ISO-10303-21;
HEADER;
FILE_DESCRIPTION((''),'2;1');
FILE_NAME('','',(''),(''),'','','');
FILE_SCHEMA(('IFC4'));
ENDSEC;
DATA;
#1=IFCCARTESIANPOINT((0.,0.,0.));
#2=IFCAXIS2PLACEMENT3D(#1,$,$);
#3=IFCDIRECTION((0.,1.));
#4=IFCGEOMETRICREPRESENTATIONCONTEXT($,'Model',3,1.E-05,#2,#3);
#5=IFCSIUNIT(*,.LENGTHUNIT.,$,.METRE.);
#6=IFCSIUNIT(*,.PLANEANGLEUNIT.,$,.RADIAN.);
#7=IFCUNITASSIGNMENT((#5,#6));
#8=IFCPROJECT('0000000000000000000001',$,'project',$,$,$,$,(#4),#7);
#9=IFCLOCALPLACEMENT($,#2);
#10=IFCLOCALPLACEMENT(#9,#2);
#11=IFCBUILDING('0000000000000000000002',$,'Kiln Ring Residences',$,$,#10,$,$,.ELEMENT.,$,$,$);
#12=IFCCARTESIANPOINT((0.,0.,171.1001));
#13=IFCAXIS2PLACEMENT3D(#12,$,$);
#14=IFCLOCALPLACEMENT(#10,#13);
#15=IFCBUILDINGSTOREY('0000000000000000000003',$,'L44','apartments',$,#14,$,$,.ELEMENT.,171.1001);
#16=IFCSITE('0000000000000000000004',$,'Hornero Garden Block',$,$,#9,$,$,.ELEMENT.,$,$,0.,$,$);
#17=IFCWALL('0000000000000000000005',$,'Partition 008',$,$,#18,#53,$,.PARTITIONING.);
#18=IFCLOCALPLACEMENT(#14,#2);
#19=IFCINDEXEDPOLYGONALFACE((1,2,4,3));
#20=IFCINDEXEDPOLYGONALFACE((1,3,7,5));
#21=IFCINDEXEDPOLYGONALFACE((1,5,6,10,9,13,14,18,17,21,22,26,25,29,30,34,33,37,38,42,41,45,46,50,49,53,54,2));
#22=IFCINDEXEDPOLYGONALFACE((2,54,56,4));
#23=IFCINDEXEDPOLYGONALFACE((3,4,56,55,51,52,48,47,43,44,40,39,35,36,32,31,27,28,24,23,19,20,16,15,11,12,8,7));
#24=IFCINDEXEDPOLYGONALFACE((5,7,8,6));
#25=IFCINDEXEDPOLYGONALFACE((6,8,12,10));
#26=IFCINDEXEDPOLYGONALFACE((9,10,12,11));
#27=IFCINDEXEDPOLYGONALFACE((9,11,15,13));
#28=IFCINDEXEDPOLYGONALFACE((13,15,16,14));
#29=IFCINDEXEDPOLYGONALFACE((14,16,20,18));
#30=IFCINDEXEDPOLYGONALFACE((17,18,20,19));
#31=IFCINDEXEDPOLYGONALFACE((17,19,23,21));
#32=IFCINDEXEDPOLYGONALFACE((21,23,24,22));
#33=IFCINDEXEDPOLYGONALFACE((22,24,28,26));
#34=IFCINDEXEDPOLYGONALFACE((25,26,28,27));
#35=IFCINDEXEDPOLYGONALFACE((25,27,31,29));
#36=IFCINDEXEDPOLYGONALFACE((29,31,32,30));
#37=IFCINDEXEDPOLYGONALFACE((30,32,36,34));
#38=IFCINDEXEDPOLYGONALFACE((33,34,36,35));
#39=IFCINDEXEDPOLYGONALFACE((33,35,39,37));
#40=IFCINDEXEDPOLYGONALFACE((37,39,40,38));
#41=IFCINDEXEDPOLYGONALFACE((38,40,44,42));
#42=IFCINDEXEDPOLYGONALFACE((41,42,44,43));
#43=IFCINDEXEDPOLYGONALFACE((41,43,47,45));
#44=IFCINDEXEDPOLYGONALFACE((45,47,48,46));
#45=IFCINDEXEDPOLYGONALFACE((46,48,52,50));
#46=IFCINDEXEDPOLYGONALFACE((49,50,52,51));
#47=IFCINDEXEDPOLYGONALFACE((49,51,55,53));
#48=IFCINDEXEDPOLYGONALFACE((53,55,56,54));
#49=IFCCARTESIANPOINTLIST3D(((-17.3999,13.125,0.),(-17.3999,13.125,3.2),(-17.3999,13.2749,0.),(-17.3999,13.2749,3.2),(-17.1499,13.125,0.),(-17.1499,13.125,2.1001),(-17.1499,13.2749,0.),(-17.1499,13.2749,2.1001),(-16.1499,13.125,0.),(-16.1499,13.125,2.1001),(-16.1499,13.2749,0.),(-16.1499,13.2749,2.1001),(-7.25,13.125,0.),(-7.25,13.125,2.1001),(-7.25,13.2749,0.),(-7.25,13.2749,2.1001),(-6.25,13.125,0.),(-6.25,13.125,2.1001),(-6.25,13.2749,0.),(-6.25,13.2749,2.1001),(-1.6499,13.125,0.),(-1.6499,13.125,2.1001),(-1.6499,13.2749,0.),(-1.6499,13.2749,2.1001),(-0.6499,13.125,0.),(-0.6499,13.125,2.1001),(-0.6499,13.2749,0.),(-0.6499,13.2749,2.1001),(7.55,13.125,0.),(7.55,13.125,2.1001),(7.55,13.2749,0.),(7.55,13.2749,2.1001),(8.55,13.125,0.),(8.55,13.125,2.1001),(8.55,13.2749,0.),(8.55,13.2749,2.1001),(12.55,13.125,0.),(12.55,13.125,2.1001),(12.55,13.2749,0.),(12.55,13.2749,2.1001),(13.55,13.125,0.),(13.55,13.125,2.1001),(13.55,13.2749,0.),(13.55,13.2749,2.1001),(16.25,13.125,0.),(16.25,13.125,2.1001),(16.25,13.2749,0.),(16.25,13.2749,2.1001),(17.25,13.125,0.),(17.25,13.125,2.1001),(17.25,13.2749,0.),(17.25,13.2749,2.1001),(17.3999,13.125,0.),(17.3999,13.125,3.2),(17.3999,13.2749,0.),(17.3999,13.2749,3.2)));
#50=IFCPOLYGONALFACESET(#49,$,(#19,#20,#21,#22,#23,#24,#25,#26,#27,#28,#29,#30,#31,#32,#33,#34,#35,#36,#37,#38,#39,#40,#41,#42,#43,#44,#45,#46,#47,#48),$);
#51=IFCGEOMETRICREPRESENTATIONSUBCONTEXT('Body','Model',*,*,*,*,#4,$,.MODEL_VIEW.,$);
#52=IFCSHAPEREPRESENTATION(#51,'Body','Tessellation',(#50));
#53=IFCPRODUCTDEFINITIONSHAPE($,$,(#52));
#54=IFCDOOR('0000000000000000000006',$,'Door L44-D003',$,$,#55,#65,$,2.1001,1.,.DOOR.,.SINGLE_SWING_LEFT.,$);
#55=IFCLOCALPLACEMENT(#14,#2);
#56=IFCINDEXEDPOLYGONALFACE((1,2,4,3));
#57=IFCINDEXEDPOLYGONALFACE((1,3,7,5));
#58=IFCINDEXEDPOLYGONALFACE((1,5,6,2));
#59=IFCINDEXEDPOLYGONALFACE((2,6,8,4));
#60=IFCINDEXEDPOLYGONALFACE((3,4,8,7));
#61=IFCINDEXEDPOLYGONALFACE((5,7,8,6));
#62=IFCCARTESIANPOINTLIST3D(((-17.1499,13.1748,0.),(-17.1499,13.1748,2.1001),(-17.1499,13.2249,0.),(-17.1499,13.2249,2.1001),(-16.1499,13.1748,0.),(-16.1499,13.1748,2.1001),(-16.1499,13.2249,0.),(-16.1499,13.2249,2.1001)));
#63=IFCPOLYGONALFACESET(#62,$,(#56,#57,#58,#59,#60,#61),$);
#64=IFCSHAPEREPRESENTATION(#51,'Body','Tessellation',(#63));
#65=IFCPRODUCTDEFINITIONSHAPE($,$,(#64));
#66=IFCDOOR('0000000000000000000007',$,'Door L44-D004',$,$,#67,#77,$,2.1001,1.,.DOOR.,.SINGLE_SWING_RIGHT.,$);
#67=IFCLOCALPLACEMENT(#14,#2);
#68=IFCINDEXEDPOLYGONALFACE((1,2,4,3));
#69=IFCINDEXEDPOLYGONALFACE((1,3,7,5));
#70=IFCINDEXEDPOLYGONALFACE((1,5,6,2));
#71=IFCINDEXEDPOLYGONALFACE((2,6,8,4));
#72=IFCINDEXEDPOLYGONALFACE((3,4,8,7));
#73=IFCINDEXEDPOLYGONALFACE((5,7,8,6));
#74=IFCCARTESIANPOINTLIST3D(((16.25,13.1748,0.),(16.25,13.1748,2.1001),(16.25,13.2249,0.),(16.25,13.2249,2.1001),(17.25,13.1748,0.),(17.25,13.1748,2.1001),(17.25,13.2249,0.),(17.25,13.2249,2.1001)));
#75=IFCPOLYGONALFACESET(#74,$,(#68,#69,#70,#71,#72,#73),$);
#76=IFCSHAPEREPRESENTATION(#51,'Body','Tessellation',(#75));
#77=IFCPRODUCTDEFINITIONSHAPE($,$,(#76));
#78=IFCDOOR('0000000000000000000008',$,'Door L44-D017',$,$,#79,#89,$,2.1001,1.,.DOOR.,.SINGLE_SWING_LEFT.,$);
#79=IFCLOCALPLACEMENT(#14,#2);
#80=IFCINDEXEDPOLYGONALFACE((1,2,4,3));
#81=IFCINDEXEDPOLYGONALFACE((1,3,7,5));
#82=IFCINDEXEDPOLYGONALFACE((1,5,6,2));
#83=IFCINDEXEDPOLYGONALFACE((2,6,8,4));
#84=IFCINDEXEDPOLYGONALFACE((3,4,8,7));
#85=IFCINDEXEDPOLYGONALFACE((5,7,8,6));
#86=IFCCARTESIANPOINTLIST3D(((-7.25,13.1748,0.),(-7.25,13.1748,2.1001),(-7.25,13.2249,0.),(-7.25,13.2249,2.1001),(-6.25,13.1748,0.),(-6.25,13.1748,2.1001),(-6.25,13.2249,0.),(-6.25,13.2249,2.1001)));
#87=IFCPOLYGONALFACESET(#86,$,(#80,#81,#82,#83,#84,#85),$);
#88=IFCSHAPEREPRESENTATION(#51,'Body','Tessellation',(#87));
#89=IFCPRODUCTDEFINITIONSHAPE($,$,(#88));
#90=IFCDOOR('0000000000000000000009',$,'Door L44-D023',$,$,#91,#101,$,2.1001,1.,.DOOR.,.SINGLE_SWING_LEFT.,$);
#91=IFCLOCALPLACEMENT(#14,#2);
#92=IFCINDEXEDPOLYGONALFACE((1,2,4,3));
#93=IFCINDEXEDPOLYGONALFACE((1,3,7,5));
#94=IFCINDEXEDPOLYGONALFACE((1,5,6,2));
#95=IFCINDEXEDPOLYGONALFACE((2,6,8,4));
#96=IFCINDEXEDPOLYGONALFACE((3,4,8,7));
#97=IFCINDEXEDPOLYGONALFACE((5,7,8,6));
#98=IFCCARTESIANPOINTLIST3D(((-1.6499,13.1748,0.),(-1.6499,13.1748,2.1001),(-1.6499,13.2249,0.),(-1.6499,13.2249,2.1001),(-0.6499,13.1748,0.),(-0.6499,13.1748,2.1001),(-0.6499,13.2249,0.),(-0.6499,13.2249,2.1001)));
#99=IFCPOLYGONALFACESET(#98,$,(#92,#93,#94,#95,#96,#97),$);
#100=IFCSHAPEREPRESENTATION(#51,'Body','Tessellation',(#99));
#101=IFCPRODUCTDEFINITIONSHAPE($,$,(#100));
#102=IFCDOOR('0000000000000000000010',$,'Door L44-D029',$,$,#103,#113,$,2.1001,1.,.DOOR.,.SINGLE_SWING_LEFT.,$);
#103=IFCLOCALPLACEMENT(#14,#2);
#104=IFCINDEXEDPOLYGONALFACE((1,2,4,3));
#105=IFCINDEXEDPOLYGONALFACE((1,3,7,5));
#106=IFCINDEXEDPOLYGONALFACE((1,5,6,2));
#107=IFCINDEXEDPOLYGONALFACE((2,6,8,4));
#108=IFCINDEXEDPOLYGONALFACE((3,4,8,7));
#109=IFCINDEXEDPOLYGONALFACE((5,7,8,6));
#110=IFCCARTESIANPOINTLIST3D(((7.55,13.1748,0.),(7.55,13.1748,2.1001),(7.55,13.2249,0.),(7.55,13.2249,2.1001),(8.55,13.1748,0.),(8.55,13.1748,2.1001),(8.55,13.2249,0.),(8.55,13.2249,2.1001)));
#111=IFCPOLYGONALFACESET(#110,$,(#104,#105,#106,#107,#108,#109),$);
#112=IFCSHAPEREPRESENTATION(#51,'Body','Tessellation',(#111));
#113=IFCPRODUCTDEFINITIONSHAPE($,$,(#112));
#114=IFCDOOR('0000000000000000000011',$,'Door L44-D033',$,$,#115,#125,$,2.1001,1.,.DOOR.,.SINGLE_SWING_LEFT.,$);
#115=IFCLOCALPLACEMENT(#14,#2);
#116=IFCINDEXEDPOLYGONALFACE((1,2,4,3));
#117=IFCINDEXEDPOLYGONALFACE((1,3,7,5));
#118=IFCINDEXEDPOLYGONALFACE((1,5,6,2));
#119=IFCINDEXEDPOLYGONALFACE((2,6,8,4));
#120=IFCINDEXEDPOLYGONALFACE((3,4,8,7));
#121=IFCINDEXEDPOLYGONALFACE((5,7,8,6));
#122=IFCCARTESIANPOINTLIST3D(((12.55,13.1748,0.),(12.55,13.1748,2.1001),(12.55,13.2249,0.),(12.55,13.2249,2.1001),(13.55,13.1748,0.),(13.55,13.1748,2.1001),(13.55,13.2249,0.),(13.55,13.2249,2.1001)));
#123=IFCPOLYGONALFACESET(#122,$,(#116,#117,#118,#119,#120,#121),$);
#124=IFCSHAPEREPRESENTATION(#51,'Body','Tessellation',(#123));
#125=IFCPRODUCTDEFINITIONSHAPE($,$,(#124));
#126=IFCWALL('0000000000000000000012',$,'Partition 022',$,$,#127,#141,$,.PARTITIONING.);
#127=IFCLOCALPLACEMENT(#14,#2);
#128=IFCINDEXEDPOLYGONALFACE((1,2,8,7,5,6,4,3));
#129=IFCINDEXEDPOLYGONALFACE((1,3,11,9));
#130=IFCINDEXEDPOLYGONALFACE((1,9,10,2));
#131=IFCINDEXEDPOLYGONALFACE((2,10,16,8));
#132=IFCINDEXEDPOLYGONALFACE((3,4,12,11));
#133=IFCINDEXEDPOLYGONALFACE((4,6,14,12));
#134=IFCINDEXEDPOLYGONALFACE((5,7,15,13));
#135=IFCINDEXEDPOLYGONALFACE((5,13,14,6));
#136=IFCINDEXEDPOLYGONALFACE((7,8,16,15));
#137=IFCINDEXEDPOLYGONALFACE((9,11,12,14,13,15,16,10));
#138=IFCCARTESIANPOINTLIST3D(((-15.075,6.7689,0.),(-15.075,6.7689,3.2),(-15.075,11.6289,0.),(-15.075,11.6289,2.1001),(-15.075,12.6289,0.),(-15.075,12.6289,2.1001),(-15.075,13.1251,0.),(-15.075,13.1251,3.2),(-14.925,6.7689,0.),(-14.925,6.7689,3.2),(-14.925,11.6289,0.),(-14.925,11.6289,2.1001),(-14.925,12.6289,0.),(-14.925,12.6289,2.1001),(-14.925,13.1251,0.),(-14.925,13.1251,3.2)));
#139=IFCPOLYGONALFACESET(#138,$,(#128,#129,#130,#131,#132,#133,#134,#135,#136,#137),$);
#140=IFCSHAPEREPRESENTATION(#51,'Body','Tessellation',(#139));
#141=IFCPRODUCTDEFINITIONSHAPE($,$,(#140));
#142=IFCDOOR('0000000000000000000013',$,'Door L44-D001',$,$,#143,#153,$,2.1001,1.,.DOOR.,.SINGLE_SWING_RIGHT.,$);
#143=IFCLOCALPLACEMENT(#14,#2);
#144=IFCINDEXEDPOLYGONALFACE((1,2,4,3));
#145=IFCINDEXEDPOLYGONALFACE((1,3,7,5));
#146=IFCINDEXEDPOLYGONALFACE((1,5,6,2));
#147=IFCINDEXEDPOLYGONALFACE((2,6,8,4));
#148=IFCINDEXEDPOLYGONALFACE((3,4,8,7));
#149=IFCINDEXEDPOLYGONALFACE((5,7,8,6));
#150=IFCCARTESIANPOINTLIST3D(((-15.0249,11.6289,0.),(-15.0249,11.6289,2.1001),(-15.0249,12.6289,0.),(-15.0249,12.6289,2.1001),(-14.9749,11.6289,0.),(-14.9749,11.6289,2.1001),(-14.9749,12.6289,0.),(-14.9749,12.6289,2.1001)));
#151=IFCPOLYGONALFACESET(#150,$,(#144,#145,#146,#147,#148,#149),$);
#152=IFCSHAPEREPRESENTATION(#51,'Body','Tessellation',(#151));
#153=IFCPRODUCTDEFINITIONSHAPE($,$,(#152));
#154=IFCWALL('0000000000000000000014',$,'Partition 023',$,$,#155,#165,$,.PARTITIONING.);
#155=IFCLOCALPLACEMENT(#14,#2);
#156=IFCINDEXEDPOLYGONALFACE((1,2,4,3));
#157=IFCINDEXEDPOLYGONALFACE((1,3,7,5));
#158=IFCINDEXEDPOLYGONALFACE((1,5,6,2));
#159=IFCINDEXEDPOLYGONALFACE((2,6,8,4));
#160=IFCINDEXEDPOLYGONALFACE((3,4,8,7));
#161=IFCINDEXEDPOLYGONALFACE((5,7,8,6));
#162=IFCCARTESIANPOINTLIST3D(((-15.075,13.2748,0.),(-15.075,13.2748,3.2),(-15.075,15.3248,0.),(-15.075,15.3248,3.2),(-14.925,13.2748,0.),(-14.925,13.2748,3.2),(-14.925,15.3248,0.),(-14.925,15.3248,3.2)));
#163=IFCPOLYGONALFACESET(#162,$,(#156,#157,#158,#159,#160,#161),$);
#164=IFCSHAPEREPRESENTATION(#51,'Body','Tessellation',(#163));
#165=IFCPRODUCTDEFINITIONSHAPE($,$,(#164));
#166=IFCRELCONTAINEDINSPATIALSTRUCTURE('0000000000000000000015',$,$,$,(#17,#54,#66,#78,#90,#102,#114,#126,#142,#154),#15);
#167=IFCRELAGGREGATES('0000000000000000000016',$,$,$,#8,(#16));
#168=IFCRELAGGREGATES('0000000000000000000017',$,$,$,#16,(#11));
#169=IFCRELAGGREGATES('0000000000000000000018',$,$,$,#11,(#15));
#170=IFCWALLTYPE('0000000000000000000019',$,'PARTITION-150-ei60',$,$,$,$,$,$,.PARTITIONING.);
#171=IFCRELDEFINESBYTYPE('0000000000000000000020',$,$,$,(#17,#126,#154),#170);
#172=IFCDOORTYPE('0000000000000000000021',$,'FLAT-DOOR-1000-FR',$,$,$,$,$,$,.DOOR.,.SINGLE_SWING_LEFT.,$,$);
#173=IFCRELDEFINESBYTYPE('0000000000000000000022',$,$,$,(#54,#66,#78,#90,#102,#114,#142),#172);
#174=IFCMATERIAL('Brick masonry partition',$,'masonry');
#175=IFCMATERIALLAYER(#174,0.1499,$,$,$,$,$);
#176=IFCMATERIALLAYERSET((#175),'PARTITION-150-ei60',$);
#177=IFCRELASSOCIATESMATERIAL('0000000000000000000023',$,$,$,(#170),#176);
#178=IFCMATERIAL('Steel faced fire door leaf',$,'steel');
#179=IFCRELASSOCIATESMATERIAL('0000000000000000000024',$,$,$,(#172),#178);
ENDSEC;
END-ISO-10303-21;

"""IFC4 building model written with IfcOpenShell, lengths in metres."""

from ifc_helpers import new_model, si_unit, direction, frame, frame_2d, origin, place, context, subcontext, project, spatial, rectangle, extrude, material, layer, layer_set, type_object, element, fill, save


model = new_model("IFC4")

# Units and contexts
model_context = context("Model", 3, precision=1e-05, world=origin(), true_north=direction((0.0, 1.0)))
body_context = subcontext(model_context, "Body", "Model", "MODEL_VIEW")
ifc_project = project(units=[si_unit("LENGTHUNIT", "METRE"), si_unit("PLANEANGLEUNIT", "RADIAN")], contexts=[model_context])

# Site, building, storey
site_placement = place(None, origin())
site = spatial("IfcSite", under=ifc_project, at=site_placement, Name="Hornero Garden Block", CompositionType="ELEMENT", RefElevation=0.0)
building_placement = place(site_placement, origin())
building = spatial("IfcBuilding", under=site, at=building_placement, Name="Kiln Ring Residences", CompositionType="ELEMENT")
storey_placement = place(building_placement, frame((0.0, 0.0, 171.1001)))
storey = spatial("IfcBuildingStorey", under=building, at=storey_placement, Name="L44", Description="apartments", CompositionType="ELEMENT", Elevation=171.1001)

# Wall, openings, doors
ifc_material_1 = material(Name="Brick masonry partition", Category="masonry")
ifc_layer_1 = layer(ifc_material_1, 0.1499)
ifc_layer_set_1 = layer_set([ifc_layer_1], Name="PARTITION-150-ei60")
wall_type_1 = type_object("IfcWallType", Name="PARTITION-150-ei60", PredefinedType="PARTITIONING", material=ifc_layer_set_1)
ifc_material_2 = material(Name="Steel faced fire door leaf", Category="steel")
door_type_1 = type_object("IfcDoorType", Name="FLAT-DOOR-1000-FR", OperationType="SINGLE_SWING_LEFT", PredefinedType="DOOR", material=ifc_material_2)
wall_1_placement = place(storey_placement, frame((-17.3999, 13.2, 0.0), z_axis=(0.0, 0.0, 1.0), x_axis=(1.0, 0.0, 0.0)))
wall_1 = element("IfcWall", 1, at=wall_1_placement, inside=storey, type_object=wall_type_1, Name="Partition 008", PredefinedType="PARTITIONING", context=body_context, shape_type="SweptSolid", body=[
    extrude(rectangle(XDim=34.7998, YDim=0.1499, at=frame_2d((17.3999, 0.0))), origin(), (0.0, 0.0, 1.0), 3.2),
])
opening_1_placement = place(wall_1_placement, frame((0.25, 0.0, 0.0)))
opening_1 = element("IfcOpeningElement", 2, at=opening_1_placement, cuts=wall_1, PredefinedType="OPENING", context=body_context, shape_type="SweptSolid", body=[
    extrude(rectangle(XDim=1.0, YDim=2.1001, at=frame_2d((0.5, 1.05))), frame((0.0, 0.085, 0.0), z_axis=(0.0, -1.0, 0.0), x_axis=(1.0, 0.0, 0.0)), (0.0, 0.0, 1.0), 0.1699),
])
opening_2_placement = place(wall_1_placement, frame((33.6499, 0.0, 0.0)))
opening_2 = element("IfcOpeningElement", 3, at=opening_2_placement, cuts=wall_1, PredefinedType="OPENING", context=body_context, shape_type="SweptSolid", body=[
    extrude(rectangle(XDim=1.0, YDim=2.1001, at=frame_2d((0.5, 1.05))), frame((0.0, 0.085, 0.0), z_axis=(0.0, -1.0, 0.0), x_axis=(1.0, 0.0, 0.0)), (0.0, 0.0, 1.0), 0.1699),
])
opening_3_placement = place(wall_1_placement, frame((10.1499, 0.0, 0.0)))
opening_3 = element("IfcOpeningElement", 4, at=opening_3_placement, cuts=wall_1, PredefinedType="OPENING", context=body_context, shape_type="SweptSolid", body=[
    extrude(rectangle(XDim=1.0, YDim=2.1001, at=frame_2d((0.5, 1.05))), frame((0.0, 0.085, 0.0), z_axis=(0.0, -1.0, 0.0), x_axis=(1.0, 0.0, 0.0)), (0.0, 0.0, 1.0), 0.1699),
])
opening_4_placement = place(wall_1_placement, frame((15.75, 0.0, 0.0)))
opening_4 = element("IfcOpeningElement", 5, at=opening_4_placement, cuts=wall_1, PredefinedType="OPENING", context=body_context, shape_type="SweptSolid", body=[
    extrude(rectangle(XDim=1.0, YDim=2.1001, at=frame_2d((0.5, 1.05))), frame((0.0, 0.085, 0.0), z_axis=(0.0, -1.0, 0.0), x_axis=(1.0, 0.0, 0.0)), (0.0, 0.0, 1.0), 0.1699),
])
opening_5_placement = place(wall_1_placement, frame((24.95, 0.0, 0.0)))
opening_5 = element("IfcOpeningElement", 6, at=opening_5_placement, cuts=wall_1, PredefinedType="OPENING", context=body_context, shape_type="SweptSolid", body=[
    extrude(rectangle(XDim=1.0, YDim=2.1001, at=frame_2d((0.5, 1.05))), frame((0.0, 0.085, 0.0), z_axis=(0.0, -1.0, 0.0), x_axis=(1.0, 0.0, 0.0)), (0.0, 0.0, 1.0), 0.1699),
])
opening_6_placement = place(wall_1_placement, frame((29.95, 0.0, 0.0)))
opening_6 = element("IfcOpeningElement", 7, at=opening_6_placement, cuts=wall_1, PredefinedType="OPENING", context=body_context, shape_type="SweptSolid", body=[
    extrude(rectangle(XDim=1.0, YDim=2.1001, at=frame_2d((0.5, 1.05))), frame((0.0, 0.085, 0.0), z_axis=(0.0, -1.0, 0.0), x_axis=(1.0, 0.0, 0.0)), (0.0, 0.0, 1.0), 0.1699),
])
door_1_placement = place(opening_1_placement, origin())
door_1 = element("IfcDoor", 8, at=door_1_placement, inside=storey, type_object=door_type_1, Name="Door L44-D003", OperationType="SINGLE_SWING_LEFT", OverallHeight=2.1001, OverallWidth=1.0, PredefinedType="DOOR", context=body_context, shape_type="SweptSolid", body=[
    extrude(rectangle(XDim=1.0, YDim=2.1001, at=frame_2d((0.5, 1.05))), frame((0.0, 0.0249, 0.0), z_axis=(0.0, -1.0, 0.0), x_axis=(1.0, 0.0, 0.0)), (0.0, 0.0, 1.0), 0.05),
])
fill(opening_1, door_1)
door_2_placement = place(opening_2_placement, origin())
door_2 = element("IfcDoor", 9, at=door_2_placement, inside=storey, type_object=door_type_1, Name="Door L44-D004", OperationType="SINGLE_SWING_RIGHT", OverallHeight=2.1001, OverallWidth=1.0, PredefinedType="DOOR", context=body_context, shape_type="SweptSolid", body=[
    extrude(rectangle(XDim=1.0, YDim=2.1001, at=frame_2d((0.5, 1.05))), frame((0.0, 0.0249, 0.0), z_axis=(0.0, -1.0, 0.0), x_axis=(1.0, 0.0, 0.0)), (0.0, 0.0, 1.0), 0.05),
])
fill(opening_2, door_2)
door_3_placement = place(opening_3_placement, origin())
door_3 = element("IfcDoor", 10, at=door_3_placement, inside=storey, type_object=door_type_1, Name="Door L44-D017", OperationType="SINGLE_SWING_LEFT", OverallHeight=2.1001, OverallWidth=1.0, PredefinedType="DOOR", context=body_context, shape_type="SweptSolid", body=[
    extrude(rectangle(XDim=1.0, YDim=2.1001, at=frame_2d((0.5, 1.05))), frame((0.0, 0.0249, 0.0), z_axis=(0.0, -1.0, 0.0), x_axis=(1.0, 0.0, 0.0)), (0.0, 0.0, 1.0), 0.05),
])
fill(opening_3, door_3)
door_4_placement = place(opening_4_placement, origin())
door_4 = element("IfcDoor", 11, at=door_4_placement, inside=storey, type_object=door_type_1, Name="Door L44-D023", OperationType="SINGLE_SWING_LEFT", OverallHeight=2.1001, OverallWidth=1.0, PredefinedType="DOOR", context=body_context, shape_type="SweptSolid", body=[
    extrude(rectangle(XDim=1.0, YDim=2.1001, at=frame_2d((0.5, 1.05))), frame((0.0, 0.0249, 0.0), z_axis=(0.0, -1.0, 0.0), x_axis=(1.0, 0.0, 0.0)), (0.0, 0.0, 1.0), 0.05),
])
fill(opening_4, door_4)
door_5_placement = place(opening_5_placement, origin())
door_5 = element("IfcDoor", 12, at=door_5_placement, inside=storey, type_object=door_type_1, Name="Door L44-D029", OperationType="SINGLE_SWING_LEFT", OverallHeight=2.1001, OverallWidth=1.0, PredefinedType="DOOR", context=body_context, shape_type="SweptSolid", body=[
    extrude(rectangle(XDim=1.0, YDim=2.1001, at=frame_2d((0.5, 1.05))), frame((0.0, 0.0249, 0.0), z_axis=(0.0, -1.0, 0.0), x_axis=(1.0, 0.0, 0.0)), (0.0, 0.0, 1.0), 0.05),
])
fill(opening_5, door_5)
door_6_placement = place(opening_6_placement, origin())
door_6 = element("IfcDoor", 13, at=door_6_placement, inside=storey, type_object=door_type_1, Name="Door L44-D033", OperationType="SINGLE_SWING_LEFT", OverallHeight=2.1001, OverallWidth=1.0, PredefinedType="DOOR", context=body_context, shape_type="SweptSolid", body=[
    extrude(rectangle(XDim=1.0, YDim=2.1001, at=frame_2d((0.5, 1.05))), frame((0.0, 0.0249, 0.0), z_axis=(0.0, -1.0, 0.0), x_axis=(1.0, 0.0, 0.0)), (0.0, 0.0, 1.0), 0.05),
])
fill(opening_6, door_6)

# Wall, opening, door
wall_2_placement = place(storey_placement, frame((-15.0, 6.7688, 0.0), z_axis=(0.0, 0.0, 1.0), x_axis=(0.0, 1.0, 0.0)))
wall_2 = element("IfcWall", 14, at=wall_2_placement, inside=storey, type_object=wall_type_1, Name="Partition 022", PredefinedType="PARTITIONING", context=body_context, shape_type="SweptSolid", body=[
    extrude(rectangle(XDim=6.3562, YDim=0.1499, at=frame_2d((3.1782, 0.0))), origin(), (0.0, 0.0, 1.0), 3.2),
])
opening_7_placement = place(wall_2_placement, frame((4.8601, 0.0, 0.0)))
opening_7 = element("IfcOpeningElement", 15, at=opening_7_placement, cuts=wall_2, PredefinedType="OPENING", context=body_context, shape_type="SweptSolid", body=[
    extrude(rectangle(XDim=1.0, YDim=2.1001, at=frame_2d((0.5, 1.05))), frame((0.0, 0.085, 0.0), z_axis=(0.0, -1.0, 0.0), x_axis=(1.0, 0.0, 0.0)), (0.0, 0.0, 1.0), 0.1699),
])
door_7_placement = place(opening_7_placement, origin())
door_7 = element("IfcDoor", 16, at=door_7_placement, inside=storey, type_object=door_type_1, Name="Door L44-D001", OperationType="SINGLE_SWING_RIGHT", OverallHeight=2.1001, OverallWidth=1.0, PredefinedType="DOOR", context=body_context, shape_type="SweptSolid", body=[
    extrude(rectangle(XDim=1.0, YDim=2.1001, at=frame_2d((0.5, 1.05))), frame((0.0, 0.0249, 0.0), z_axis=(0.0, -1.0, 0.0), x_axis=(1.0, 0.0, 0.0)), (0.0, 0.0, 1.0), 0.05),
])
fill(opening_7, door_7)

# Wall
wall_3_placement = place(storey_placement, frame((-15.0, 13.2749, 0.0), z_axis=(0.0, 0.0, 1.0), x_axis=(0.0, 1.0, 0.0)))
element("IfcWall", 17, at=wall_3_placement, inside=storey, type_object=wall_type_1, Name="Partition 023", PredefinedType="PARTITIONING", context=body_context, shape_type="SweptSolid", body=[
    extrude(rectangle(XDim=2.05, YDim=0.1499, at=frame_2d((1.0249, 0.0))), origin(), (0.0, 0.0, 1.0), 3.2),
])

save(model, "model.ifc")
